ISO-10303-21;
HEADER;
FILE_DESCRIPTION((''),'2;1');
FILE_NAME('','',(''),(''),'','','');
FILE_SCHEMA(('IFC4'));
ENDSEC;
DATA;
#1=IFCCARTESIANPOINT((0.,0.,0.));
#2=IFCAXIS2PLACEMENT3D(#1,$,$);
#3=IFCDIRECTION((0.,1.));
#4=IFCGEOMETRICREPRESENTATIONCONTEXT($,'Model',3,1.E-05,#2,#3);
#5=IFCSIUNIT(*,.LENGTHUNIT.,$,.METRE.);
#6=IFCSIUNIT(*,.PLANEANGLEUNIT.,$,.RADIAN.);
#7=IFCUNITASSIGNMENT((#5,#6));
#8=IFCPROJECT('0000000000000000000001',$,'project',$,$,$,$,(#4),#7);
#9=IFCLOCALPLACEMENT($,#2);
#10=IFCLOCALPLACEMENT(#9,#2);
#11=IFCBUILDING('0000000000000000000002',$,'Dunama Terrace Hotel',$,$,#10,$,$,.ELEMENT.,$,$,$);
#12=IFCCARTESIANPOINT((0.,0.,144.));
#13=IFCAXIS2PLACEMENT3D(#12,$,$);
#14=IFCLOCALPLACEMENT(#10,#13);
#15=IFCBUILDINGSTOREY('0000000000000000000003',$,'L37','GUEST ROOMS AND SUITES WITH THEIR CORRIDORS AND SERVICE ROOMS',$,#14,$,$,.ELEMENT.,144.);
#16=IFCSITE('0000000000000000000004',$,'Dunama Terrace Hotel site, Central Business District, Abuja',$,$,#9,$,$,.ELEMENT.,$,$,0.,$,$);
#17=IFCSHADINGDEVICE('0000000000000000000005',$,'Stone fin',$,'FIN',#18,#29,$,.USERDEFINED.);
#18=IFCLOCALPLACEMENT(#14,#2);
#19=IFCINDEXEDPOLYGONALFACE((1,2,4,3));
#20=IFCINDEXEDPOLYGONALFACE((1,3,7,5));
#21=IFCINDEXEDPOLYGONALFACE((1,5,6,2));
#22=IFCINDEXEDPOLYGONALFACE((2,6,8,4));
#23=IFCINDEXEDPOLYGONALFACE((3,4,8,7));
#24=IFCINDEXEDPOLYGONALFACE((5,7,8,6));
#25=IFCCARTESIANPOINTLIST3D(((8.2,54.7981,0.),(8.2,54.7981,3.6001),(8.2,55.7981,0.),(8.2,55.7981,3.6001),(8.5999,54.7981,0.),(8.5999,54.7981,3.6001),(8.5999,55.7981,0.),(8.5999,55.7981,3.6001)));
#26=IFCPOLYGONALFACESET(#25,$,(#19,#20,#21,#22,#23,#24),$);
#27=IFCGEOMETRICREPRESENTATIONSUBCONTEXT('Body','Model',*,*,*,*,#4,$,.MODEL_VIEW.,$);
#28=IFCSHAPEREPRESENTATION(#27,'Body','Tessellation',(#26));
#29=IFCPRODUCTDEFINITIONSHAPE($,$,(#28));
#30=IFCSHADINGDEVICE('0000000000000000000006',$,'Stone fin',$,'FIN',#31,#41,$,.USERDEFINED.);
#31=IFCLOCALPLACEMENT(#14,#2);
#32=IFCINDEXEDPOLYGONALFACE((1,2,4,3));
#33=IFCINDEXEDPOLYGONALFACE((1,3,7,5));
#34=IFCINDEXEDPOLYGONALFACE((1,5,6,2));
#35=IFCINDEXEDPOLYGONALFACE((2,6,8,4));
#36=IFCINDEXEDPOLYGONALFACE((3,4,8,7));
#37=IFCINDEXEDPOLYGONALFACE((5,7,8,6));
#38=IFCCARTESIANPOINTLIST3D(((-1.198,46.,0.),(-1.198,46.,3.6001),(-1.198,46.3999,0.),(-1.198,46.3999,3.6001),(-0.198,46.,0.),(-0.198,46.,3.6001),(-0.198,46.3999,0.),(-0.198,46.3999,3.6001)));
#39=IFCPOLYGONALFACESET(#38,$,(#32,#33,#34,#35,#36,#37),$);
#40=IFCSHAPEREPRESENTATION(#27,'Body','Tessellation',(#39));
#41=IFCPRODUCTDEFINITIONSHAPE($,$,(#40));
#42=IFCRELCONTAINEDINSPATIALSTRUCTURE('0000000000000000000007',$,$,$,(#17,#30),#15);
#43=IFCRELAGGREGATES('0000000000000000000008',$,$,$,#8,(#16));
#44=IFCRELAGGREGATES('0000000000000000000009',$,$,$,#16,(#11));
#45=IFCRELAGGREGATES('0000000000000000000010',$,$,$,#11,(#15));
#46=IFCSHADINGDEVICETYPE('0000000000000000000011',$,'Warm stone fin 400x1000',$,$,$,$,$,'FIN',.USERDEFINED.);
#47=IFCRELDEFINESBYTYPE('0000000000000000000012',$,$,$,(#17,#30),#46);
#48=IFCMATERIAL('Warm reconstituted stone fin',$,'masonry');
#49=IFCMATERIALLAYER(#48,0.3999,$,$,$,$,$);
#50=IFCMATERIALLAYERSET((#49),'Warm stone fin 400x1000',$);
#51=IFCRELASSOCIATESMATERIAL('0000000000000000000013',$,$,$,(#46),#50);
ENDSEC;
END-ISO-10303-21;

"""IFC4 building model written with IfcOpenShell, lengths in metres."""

from ifc_helpers import new_model, si_unit, direction, frame, origin, origin_2d, place, context, subcontext, project, spatial, rectangle, extrude, material, layer, layer_set, type_object, element, save


model = new_model("IFC4")

# Units and contexts
model_context = context("Model", 3, precision=1e-05, world=origin(), true_north=direction((0.0, 1.0)))
body_context = subcontext(model_context, "Body", "Model", "MODEL_VIEW")
ifc_project = project(units=[si_unit("LENGTHUNIT", "METRE"), si_unit("PLANEANGLEUNIT", "RADIAN")], contexts=[model_context])

# Site, building, storey
site_placement = place(None, origin())
site = spatial("IfcSite", under=ifc_project, at=site_placement, Name="Dunama Terrace Hotel site, Central Business District, Abuja", CompositionType="ELEMENT", RefElevation=0.0)
building_placement = place(site_placement, origin())
building = spatial("IfcBuilding", under=site, at=building_placement, Name="Dunama Terrace Hotel", CompositionType="ELEMENT")
storey_placement = place(building_placement, frame((0.0, 0.0, 144.0)))
storey = spatial("IfcBuildingStorey", under=building, at=storey_placement, Name="L37", Description="GUEST ROOMS AND SUITES WITH THEIR CORRIDORS AND SERVICE ROOMS", CompositionType="ELEMENT", Elevation=144.0)

# Shading devices
ifc_material_1 = material(Name="Warm reconstituted stone fin", Category="masonry")
ifc_layer_1 = layer(ifc_material_1, 0.3999)
ifc_layer_set_1 = layer_set([ifc_layer_1], Name="Warm stone fin 400x1000")
shading_device_type = type_object("IfcShadingDeviceType", Name="Warm stone fin 400x1000", ElementType="FIN", PredefinedType="USERDEFINED", material=ifc_layer_set_1)
for number, where, z_axis, x_axis, name in (
    (1, (8.3999, 55.2981, 0.0), (0.0, 0.0, 1.0), (-1.0, 0.0, 0.0), "Stone fin"),
    (2, (-0.698, 46.2, 0.0), (0.0, 0.0, 1.0), (0.0, -1.0, 0.0), "Stone fin"),
):
    element("IfcShadingDevice", number, at=place(storey_placement, frame(where, z_axis=z_axis, x_axis=x_axis)), inside=storey, type_object=shading_device_type, Name=name, ObjectType="FIN", PredefinedType="USERDEFINED", context=body_context, shape_type="SweptSolid", body=[
        extrude(rectangle(XDim=0.3999, YDim=1.0, at=origin_2d()), origin(), (0.0, 0.0, 1.0), 3.6001),
    ])

save(model, "model.ifc")
